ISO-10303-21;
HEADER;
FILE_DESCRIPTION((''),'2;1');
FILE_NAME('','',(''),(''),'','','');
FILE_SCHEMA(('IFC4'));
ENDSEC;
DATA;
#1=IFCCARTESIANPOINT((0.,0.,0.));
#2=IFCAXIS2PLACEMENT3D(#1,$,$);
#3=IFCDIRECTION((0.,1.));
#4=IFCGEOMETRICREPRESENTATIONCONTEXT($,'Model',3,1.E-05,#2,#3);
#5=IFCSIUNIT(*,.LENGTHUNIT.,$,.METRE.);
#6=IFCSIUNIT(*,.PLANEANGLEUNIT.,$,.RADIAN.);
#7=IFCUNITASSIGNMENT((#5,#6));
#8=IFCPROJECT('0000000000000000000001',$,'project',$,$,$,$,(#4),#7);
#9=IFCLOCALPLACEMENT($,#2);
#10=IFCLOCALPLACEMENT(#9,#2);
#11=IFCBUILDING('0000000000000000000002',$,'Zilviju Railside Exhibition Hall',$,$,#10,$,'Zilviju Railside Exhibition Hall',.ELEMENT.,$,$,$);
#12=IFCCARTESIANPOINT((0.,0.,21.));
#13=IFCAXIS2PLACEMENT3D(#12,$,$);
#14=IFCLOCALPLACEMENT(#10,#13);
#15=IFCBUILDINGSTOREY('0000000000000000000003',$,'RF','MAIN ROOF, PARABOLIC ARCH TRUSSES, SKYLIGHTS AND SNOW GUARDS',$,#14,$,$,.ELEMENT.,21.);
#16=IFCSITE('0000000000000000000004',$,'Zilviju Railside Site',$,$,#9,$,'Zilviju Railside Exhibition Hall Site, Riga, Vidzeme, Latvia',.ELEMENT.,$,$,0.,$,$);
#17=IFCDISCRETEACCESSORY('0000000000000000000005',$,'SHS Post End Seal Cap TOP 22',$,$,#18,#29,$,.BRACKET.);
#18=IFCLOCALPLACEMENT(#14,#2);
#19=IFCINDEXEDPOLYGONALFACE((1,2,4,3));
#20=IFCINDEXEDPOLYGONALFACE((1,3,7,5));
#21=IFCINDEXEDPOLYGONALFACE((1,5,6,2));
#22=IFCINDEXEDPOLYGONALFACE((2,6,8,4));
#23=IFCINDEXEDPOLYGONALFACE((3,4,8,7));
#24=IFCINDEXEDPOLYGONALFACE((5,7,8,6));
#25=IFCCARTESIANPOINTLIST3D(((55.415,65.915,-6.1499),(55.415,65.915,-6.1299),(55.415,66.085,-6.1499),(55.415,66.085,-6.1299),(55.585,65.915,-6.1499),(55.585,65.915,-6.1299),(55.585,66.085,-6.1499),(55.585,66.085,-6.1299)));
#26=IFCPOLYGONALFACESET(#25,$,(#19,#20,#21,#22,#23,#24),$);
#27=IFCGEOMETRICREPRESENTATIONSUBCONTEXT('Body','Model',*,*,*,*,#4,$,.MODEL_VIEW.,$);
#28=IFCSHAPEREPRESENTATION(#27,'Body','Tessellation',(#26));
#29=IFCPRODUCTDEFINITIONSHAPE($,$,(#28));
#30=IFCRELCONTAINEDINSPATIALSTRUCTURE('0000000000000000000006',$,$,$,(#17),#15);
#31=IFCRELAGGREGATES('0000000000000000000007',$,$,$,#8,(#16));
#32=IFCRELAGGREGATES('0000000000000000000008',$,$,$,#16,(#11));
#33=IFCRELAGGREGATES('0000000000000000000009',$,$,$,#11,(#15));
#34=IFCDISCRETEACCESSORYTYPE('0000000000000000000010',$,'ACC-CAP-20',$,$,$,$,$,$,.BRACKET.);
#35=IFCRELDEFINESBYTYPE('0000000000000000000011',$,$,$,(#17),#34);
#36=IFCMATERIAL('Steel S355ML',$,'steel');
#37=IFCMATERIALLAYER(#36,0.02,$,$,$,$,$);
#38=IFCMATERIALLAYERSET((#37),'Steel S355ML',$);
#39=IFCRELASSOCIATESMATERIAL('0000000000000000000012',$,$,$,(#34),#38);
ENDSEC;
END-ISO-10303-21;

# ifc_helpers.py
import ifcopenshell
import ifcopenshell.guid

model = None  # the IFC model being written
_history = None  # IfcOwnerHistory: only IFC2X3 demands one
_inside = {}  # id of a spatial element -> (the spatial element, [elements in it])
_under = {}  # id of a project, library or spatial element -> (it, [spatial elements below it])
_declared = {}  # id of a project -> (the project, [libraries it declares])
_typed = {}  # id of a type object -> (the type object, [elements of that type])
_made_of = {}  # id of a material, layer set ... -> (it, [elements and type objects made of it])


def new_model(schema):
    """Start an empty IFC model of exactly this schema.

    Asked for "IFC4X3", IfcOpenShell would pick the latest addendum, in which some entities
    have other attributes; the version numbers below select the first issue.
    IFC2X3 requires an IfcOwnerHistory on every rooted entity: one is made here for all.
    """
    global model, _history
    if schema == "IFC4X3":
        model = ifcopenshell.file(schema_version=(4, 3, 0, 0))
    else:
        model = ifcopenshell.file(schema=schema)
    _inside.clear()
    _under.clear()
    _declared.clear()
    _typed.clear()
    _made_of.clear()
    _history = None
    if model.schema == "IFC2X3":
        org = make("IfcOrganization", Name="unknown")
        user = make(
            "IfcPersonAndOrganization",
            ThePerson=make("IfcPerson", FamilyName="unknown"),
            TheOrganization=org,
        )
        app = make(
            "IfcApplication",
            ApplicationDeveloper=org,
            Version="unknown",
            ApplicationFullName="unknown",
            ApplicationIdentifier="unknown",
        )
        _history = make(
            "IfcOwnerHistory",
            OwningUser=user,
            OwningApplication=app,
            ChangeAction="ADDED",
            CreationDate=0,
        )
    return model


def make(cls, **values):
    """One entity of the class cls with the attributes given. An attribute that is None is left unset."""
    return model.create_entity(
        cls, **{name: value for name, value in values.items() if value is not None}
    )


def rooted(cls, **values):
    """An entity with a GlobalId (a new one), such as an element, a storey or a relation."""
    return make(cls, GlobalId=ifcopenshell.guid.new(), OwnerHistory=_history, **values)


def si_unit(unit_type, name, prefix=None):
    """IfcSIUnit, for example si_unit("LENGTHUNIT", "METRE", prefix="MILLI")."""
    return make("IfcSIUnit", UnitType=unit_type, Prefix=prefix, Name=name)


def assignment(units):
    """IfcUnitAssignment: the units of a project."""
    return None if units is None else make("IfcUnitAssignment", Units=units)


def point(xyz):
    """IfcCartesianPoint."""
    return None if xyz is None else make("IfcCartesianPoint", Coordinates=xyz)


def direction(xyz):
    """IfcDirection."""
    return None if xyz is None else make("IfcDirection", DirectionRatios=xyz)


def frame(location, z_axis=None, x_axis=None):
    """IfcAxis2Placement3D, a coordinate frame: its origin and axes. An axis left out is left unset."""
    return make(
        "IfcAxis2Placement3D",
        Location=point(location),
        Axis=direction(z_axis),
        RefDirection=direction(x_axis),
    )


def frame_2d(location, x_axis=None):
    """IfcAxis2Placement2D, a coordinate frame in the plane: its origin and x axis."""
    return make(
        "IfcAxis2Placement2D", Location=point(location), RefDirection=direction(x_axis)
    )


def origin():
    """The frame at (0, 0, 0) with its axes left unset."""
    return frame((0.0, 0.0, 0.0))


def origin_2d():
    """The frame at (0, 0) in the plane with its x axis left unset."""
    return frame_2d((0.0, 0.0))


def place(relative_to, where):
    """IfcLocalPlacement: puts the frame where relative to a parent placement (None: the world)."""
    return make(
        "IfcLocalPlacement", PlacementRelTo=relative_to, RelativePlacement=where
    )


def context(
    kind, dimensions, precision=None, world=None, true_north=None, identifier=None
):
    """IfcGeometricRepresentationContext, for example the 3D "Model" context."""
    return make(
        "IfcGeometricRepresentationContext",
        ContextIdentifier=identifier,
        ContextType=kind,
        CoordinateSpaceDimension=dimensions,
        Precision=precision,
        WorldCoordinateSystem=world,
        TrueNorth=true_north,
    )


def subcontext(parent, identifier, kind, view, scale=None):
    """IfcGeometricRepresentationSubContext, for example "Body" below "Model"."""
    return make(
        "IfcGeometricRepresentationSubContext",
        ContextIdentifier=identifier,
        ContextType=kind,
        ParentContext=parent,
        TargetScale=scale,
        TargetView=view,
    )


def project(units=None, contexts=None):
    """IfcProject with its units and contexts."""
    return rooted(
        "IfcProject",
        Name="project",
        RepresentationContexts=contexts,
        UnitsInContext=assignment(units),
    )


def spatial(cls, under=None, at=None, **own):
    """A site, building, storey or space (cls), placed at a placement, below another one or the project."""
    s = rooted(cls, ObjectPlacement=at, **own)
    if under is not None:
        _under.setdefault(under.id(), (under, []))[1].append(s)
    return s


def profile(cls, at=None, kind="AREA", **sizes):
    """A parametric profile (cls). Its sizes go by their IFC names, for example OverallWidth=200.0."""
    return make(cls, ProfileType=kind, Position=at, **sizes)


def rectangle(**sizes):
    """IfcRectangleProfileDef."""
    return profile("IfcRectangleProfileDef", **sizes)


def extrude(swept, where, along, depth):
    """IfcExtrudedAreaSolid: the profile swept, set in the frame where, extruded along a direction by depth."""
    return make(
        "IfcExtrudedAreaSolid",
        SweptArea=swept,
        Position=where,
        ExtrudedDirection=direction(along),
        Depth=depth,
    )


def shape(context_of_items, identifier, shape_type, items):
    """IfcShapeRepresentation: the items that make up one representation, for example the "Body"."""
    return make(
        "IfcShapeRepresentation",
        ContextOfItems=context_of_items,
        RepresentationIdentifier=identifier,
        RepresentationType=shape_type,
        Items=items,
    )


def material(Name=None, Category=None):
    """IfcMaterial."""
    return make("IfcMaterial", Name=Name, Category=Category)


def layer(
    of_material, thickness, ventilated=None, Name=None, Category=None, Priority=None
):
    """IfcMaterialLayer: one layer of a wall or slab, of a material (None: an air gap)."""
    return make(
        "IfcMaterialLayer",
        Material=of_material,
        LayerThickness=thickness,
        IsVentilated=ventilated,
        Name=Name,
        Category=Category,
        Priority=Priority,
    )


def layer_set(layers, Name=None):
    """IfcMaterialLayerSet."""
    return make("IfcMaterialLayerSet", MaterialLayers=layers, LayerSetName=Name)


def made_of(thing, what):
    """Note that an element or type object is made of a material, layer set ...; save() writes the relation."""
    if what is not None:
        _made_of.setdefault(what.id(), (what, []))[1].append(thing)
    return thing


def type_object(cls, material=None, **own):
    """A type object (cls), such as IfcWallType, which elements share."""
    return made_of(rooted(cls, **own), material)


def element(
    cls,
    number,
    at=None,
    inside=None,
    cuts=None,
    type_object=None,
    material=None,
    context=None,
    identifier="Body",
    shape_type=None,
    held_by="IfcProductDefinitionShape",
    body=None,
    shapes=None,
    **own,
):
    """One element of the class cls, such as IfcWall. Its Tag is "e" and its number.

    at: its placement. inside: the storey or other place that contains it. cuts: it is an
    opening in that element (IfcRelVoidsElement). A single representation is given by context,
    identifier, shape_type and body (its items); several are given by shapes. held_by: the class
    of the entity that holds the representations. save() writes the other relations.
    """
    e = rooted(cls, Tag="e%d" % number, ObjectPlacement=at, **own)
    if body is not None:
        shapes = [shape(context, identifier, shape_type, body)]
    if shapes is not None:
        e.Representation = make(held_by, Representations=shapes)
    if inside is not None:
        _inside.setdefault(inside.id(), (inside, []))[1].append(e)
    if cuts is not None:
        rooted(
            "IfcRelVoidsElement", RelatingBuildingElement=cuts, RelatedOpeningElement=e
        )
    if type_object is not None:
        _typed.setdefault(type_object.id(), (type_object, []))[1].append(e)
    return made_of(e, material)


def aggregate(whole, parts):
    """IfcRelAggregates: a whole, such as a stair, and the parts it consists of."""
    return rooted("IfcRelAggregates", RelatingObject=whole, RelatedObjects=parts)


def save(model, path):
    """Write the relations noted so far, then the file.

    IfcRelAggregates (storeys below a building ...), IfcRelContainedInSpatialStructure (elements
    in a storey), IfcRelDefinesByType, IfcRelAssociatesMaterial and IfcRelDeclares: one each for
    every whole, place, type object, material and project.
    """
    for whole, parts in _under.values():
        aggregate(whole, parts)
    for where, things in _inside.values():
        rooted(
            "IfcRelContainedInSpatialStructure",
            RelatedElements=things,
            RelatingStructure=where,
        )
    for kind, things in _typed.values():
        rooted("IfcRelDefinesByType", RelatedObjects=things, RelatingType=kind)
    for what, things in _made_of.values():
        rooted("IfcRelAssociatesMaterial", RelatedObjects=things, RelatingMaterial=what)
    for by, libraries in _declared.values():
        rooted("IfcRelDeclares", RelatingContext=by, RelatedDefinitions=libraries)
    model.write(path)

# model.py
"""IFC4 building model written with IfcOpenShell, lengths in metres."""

from ifc_helpers import new_model, si_unit, direction, frame, origin, origin_2d, place, context, subcontext, project, spatial, rectangle, extrude, material, layer, layer_set, type_object, element, save


model = new_model("IFC4")

# Units and contexts
model_context = context("Model", 3, precision=1e-05, world=origin(), true_north=direction((0.0, 1.0)))
body_context = subcontext(model_context, "Body", "Model", "MODEL_VIEW")
ifc_project = project(units=[si_unit("LENGTHUNIT", "METRE"), si_unit("PLANEANGLEUNIT", "RADIAN")], contexts=[model_context])

# Site, building, storey
site_placement = place(None, origin())
site = spatial("IfcSite", under=ifc_project, at=site_placement, Name="Zilviju Railside Site", LongName="Zilviju Railside Exhibition Hall Site, Riga, Vidzeme, Latvia", CompositionType="ELEMENT", RefElevation=0.0)
building_placement = place(site_placement, origin())
building = spatial("IfcBuilding", under=site, at=building_placement, Name="Zilviju Railside Exhibition Hall", LongName="Zilviju Railside Exhibition Hall", CompositionType="ELEMENT")
storey_placement = place(building_placement, frame((0.0, 0.0, 21.0)))
storey = spatial("IfcBuildingStorey", under=building, at=storey_placement, Name="RF", Description="MAIN ROOF, PARABOLIC ARCH TRUSSES, SKYLIGHTS AND SNOW GUARDS", CompositionType="ELEMENT", Elevation=21.0)

# Discrete accessory
ifc_material_1 = material(Name="Steel S355ML", Category="steel")
ifc_layer_1 = layer(ifc_material_1, 0.02)
ifc_layer_set_1 = layer_set([ifc_layer_1], Name="Steel S355ML")
discrete_accessory_type = type_object("IfcDiscreteAccessoryType", Name="ACC-CAP-20", PredefinedType="BRACKET", material=ifc_layer_set_1)
for number, where, z_axis, x_axis, name in (
    (1, (55.5, 66.0, -6.1499), (0.0, 0.0, 1.0), (1.0, 0.0, 0.0), "SHS Post End Seal Cap TOP 22"),
):
    element("IfcDiscreteAccessory", number, at=place(storey_placement, frame(where, z_axis=z_axis, x_axis=x_axis)), inside=storey, type_object=discrete_accessory_type, Name=name, PredefinedType="BRACKET", context=body_context, shape_type="SweptSolid", body=[
        extrude(rectangle(XDim=0.1699, YDim=0.1699, at=origin_2d()), origin(), (0.0, 0.0, 1.0), 0.02),
    ])

save(model, "model.ifc")
